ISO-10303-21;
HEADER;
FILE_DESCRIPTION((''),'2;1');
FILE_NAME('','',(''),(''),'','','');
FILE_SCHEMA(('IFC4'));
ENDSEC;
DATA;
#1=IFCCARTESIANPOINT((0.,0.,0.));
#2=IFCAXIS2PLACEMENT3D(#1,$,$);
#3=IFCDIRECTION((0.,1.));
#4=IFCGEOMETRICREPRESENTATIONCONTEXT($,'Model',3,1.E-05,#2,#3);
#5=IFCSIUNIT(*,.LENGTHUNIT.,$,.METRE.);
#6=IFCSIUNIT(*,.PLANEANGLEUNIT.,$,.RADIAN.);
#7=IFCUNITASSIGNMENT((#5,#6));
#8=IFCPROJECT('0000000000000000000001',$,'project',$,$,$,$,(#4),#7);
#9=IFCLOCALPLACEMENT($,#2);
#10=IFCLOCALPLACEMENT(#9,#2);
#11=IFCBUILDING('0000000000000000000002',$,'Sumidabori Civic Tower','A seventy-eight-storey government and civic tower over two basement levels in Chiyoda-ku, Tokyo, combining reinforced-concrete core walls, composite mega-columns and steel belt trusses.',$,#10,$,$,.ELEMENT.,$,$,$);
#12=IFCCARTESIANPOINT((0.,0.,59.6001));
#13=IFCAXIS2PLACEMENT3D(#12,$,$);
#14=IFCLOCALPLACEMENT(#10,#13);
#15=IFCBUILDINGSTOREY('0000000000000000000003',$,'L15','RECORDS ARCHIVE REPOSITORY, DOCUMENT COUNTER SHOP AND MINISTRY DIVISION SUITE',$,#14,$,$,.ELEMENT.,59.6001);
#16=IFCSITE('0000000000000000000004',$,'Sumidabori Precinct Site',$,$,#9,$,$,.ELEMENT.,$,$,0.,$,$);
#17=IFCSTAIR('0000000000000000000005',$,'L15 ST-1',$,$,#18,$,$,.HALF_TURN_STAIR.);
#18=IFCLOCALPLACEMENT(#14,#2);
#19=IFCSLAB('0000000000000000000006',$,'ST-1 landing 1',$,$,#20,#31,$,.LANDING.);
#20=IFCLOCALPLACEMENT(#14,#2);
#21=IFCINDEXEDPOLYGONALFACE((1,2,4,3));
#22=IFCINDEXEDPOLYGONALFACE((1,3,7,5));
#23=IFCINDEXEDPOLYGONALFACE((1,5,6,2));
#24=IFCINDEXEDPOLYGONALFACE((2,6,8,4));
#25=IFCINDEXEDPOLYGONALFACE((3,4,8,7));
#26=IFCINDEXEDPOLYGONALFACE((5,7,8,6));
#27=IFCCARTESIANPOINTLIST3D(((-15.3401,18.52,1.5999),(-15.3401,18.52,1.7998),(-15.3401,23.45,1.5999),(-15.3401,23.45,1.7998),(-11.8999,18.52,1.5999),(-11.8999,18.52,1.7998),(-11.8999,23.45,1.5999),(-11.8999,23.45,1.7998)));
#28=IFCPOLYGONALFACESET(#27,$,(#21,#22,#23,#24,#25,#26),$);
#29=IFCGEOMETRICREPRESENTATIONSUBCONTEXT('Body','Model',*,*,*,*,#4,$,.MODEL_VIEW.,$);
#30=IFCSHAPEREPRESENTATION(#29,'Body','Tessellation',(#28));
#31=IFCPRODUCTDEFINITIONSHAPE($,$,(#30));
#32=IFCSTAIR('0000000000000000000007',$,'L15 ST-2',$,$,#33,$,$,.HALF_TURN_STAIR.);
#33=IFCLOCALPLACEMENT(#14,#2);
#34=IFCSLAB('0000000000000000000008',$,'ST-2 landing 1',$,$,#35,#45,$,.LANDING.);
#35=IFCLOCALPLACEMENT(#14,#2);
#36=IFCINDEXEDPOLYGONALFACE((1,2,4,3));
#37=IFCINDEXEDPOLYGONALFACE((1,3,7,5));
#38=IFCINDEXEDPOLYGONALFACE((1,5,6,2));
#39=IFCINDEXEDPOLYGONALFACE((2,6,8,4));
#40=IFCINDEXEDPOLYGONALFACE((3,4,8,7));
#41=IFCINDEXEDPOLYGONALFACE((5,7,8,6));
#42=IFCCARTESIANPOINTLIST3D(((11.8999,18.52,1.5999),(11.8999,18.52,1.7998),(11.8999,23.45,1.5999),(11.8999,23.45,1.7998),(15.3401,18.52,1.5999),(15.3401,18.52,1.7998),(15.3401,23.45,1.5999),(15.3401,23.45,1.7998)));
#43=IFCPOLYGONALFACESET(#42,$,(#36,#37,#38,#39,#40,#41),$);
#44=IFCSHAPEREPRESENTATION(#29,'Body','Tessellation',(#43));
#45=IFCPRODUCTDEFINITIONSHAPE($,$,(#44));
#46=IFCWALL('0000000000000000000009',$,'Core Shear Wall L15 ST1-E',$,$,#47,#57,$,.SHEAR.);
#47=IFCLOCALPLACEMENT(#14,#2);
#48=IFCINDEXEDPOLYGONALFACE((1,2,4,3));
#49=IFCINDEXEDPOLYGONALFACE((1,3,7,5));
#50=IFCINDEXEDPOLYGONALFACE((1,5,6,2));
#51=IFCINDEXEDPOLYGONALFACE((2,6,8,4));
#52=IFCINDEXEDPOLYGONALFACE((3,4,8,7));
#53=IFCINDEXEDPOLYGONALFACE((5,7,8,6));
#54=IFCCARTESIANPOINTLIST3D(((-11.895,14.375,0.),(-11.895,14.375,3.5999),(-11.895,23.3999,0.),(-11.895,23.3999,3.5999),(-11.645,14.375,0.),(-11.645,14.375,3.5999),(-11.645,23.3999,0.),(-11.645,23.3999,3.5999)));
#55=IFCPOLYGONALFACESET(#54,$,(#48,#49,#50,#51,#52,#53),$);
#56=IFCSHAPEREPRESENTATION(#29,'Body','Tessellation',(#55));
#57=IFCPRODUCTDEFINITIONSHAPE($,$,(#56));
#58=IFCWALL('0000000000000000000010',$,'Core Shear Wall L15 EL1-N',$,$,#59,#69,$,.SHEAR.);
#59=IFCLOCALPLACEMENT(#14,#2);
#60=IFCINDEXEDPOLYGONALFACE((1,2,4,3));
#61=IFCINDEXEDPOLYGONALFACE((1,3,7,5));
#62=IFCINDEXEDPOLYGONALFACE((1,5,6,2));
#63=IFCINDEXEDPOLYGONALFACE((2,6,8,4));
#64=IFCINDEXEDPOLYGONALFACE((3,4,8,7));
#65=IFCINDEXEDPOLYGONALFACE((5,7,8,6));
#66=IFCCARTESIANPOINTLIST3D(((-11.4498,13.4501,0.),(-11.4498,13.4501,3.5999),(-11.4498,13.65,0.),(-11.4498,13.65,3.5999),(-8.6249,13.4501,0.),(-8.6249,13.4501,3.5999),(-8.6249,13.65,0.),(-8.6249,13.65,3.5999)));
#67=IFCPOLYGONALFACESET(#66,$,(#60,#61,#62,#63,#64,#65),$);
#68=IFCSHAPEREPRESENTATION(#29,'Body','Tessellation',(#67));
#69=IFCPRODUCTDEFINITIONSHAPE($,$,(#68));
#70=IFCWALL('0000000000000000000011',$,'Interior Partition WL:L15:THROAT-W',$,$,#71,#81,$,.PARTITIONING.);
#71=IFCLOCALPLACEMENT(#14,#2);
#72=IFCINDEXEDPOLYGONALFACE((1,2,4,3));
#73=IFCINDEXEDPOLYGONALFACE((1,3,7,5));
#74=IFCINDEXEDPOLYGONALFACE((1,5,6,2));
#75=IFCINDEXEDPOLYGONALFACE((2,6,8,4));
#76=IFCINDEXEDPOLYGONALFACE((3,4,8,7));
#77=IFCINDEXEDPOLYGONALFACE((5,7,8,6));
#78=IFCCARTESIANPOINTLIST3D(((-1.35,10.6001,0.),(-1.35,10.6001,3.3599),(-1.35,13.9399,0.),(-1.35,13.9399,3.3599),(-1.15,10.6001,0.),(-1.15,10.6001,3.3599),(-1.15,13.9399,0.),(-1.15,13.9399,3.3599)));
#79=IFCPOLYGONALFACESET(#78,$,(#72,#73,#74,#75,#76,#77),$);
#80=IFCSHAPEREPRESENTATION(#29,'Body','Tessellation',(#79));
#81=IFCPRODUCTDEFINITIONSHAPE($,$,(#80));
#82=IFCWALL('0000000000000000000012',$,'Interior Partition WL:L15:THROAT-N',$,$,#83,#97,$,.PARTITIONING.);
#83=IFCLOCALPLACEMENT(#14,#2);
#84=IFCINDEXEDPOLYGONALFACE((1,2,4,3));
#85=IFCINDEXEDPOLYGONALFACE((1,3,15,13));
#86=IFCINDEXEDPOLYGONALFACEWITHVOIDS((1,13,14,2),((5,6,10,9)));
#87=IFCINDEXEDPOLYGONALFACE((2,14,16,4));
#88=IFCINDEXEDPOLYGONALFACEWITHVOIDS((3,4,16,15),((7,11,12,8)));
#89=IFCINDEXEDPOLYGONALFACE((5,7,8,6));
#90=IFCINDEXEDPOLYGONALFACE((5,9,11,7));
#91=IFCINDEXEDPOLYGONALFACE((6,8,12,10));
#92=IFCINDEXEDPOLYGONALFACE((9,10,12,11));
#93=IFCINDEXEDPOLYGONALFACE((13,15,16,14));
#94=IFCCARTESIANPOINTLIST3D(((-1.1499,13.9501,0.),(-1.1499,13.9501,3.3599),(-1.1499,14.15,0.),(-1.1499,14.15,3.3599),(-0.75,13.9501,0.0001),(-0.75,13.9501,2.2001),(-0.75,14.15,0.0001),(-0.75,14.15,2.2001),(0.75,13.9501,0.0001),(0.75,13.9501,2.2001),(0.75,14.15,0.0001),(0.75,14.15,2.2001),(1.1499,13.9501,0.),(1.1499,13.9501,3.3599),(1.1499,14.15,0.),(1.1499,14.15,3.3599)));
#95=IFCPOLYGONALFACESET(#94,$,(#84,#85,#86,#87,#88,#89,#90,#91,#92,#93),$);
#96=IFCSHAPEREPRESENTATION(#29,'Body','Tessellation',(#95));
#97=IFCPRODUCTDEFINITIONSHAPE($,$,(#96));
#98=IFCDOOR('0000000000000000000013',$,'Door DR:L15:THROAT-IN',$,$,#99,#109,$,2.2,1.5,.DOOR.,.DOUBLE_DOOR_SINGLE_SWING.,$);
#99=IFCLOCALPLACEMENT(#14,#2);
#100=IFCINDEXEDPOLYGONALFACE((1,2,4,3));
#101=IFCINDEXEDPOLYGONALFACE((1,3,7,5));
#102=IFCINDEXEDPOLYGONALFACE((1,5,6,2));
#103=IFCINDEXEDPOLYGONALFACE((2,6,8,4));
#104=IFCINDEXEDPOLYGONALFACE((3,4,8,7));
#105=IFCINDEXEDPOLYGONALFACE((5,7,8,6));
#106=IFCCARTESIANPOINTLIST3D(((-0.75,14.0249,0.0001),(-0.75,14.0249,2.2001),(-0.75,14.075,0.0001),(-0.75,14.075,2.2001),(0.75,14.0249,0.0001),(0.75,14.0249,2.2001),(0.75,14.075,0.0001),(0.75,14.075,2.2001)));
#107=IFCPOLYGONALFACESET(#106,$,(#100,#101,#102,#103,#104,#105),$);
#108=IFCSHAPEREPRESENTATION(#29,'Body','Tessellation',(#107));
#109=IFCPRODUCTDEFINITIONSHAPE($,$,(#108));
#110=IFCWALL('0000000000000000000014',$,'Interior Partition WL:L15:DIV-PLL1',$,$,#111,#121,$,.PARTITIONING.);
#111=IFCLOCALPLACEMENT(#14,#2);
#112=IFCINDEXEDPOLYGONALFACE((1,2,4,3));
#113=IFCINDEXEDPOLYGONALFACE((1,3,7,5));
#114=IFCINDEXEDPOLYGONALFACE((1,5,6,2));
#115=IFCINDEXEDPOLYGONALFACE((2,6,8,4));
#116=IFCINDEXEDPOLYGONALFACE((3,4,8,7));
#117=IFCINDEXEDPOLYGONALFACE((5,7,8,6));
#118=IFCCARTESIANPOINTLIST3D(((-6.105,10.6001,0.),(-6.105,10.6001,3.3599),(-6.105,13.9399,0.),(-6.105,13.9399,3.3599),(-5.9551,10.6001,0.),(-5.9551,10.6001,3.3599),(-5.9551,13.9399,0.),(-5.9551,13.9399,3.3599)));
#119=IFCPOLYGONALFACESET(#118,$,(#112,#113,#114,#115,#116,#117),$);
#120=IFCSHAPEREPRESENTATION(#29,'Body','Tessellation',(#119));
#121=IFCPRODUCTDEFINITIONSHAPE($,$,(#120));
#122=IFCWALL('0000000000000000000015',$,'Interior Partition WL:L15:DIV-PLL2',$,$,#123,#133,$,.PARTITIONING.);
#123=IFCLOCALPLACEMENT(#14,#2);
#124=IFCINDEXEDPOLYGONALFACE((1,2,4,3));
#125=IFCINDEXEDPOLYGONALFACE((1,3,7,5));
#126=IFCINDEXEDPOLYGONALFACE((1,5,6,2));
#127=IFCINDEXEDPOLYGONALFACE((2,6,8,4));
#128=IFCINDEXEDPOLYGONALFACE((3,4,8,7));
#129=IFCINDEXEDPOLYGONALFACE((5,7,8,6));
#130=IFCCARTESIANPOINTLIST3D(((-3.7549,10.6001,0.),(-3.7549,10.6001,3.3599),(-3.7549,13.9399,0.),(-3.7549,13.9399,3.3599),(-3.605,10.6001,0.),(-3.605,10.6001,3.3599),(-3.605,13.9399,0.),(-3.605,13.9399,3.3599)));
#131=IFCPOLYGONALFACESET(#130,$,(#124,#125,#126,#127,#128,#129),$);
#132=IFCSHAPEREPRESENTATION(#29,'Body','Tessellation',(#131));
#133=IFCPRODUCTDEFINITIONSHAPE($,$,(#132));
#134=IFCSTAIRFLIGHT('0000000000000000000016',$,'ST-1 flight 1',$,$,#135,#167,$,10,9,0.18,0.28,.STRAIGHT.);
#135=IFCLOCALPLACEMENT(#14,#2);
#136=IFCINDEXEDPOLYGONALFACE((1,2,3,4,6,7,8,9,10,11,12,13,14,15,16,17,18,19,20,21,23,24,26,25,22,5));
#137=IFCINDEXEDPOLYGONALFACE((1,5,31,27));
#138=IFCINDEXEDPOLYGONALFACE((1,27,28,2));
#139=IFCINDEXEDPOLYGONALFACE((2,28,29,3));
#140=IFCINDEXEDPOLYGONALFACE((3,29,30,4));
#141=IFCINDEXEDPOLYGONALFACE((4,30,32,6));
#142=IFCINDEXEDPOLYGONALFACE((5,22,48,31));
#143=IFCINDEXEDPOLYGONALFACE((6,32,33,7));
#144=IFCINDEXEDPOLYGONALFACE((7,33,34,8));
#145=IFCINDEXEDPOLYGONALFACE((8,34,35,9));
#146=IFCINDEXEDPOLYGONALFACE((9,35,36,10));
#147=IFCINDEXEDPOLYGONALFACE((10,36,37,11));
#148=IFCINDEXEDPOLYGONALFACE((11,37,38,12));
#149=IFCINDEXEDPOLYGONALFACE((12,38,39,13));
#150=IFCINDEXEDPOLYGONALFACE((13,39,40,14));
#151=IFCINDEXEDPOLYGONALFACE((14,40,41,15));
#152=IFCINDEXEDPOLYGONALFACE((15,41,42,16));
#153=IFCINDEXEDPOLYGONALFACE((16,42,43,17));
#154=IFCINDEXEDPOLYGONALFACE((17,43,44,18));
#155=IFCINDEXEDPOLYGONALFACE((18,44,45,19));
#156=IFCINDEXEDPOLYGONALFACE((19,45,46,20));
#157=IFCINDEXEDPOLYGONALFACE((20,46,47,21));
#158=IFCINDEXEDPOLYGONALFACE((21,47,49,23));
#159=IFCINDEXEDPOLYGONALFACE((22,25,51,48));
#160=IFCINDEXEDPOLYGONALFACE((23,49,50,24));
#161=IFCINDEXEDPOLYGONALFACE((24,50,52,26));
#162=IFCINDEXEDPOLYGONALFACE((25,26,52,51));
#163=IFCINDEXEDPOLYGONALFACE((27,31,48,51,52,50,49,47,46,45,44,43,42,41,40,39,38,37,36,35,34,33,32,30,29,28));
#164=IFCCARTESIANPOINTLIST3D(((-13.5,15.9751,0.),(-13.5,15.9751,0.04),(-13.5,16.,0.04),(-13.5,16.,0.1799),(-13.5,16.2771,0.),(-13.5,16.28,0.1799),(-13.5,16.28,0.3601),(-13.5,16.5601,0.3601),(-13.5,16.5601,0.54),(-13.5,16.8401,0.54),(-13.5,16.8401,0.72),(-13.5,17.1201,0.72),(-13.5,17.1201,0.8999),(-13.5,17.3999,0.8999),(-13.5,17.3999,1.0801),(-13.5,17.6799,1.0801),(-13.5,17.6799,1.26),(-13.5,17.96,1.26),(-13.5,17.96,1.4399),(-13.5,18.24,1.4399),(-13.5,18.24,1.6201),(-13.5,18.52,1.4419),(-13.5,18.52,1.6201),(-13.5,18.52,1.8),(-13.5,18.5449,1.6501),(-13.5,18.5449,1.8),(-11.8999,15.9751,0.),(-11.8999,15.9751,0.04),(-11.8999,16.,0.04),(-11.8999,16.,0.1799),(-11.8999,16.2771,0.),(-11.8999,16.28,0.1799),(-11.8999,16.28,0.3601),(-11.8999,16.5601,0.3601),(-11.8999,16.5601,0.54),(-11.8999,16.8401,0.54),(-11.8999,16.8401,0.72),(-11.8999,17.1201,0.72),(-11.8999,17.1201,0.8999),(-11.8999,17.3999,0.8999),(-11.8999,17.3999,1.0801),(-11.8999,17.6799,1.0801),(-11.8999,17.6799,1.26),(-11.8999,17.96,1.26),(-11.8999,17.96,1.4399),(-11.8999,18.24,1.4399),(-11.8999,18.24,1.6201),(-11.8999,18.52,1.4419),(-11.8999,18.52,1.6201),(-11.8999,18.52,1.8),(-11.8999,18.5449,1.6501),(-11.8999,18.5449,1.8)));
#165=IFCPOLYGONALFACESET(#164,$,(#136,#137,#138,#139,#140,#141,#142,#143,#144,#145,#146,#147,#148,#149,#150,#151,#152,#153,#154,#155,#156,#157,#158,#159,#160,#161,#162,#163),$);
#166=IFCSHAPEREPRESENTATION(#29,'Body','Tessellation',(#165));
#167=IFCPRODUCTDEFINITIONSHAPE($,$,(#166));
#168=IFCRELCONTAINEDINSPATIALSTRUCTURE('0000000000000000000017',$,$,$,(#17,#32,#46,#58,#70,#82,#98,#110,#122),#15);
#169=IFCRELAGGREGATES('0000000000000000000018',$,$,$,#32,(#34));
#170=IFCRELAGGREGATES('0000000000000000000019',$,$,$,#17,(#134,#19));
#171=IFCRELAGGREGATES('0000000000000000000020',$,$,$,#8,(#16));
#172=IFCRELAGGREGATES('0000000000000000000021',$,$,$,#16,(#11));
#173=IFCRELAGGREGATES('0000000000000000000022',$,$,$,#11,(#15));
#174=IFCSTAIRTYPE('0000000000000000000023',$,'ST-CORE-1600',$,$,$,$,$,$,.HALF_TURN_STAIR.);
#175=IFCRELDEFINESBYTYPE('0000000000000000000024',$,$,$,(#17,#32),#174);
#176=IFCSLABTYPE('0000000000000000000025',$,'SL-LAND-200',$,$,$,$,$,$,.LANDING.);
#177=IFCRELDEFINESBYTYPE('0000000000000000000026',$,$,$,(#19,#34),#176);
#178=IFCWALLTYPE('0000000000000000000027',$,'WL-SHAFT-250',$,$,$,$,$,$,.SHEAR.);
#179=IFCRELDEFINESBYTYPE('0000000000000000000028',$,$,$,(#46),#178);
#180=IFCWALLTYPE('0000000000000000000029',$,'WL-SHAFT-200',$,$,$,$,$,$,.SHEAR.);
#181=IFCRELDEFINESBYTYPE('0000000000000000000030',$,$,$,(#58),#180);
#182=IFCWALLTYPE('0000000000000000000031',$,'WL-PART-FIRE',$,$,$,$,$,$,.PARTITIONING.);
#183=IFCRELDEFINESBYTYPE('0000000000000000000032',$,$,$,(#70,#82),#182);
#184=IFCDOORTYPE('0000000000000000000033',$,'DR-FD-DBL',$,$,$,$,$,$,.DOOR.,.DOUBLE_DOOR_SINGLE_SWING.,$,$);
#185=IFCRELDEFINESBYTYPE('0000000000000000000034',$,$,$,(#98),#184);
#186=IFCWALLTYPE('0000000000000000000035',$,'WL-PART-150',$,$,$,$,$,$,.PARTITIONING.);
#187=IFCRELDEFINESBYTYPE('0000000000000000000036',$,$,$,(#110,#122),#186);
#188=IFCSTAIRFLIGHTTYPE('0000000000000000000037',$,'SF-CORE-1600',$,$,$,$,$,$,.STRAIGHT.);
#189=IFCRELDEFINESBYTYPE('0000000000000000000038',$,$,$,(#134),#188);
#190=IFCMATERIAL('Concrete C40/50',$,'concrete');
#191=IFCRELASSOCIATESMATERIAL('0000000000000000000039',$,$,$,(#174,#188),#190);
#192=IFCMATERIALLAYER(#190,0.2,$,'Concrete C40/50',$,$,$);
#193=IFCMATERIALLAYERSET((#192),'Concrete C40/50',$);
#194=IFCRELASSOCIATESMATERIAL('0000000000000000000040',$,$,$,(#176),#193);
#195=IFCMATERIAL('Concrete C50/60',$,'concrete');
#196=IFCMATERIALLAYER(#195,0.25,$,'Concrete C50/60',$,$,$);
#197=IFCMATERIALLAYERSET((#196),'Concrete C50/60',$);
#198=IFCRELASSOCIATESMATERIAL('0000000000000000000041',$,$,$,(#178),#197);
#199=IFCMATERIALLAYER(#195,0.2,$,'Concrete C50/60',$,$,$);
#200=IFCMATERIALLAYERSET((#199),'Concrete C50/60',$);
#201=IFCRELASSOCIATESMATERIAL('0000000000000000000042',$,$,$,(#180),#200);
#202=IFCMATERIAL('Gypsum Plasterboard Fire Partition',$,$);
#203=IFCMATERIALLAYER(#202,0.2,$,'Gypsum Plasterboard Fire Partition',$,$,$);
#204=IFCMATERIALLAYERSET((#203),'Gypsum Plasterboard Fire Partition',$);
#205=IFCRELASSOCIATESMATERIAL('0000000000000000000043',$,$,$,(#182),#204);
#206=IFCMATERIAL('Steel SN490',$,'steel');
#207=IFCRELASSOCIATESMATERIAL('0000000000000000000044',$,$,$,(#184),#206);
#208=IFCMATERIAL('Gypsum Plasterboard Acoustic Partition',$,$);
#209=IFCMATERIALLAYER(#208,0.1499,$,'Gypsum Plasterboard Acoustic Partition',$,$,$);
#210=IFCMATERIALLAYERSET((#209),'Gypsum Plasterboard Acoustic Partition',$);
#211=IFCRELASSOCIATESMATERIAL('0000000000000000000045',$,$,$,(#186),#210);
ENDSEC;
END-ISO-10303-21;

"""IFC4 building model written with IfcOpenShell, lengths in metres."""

from ifc_helpers import new_model, si_unit, direction, frame, frame_2d, origin, place, context, subcontext, project, spatial, polyline, rectangle, outline, extrude, source, transform, mapped, material, layer, layer_set, type_object, element, fill, aggregate, save


model = new_model("IFC4")

# Units and contexts
model_context = context("Model", 3, precision=1e-05, world=origin(), true_north=direction((0.0, 1.0)))
body_context = subcontext(model_context, "Body", "Model", "MODEL_VIEW")
ifc_project = project(units=[si_unit("LENGTHUNIT", "METRE"), si_unit("PLANEANGLEUNIT", "RADIAN")], contexts=[model_context])

# Site, building, storey
site_placement = place(None, origin())
site = spatial("IfcSite", under=ifc_project, at=site_placement, Name="Sumidabori Precinct Site", CompositionType="ELEMENT", RefElevation=0.0)
building_placement = place(site_placement, origin())
building = spatial("IfcBuilding", under=site, at=building_placement, Name="Sumidabori Civic Tower", Description="A seventy-eight-storey government and civic tower over two basement levels in Chiyoda-ku, Tokyo, combining reinforced-concrete core walls, composite mega-columns and steel belt trusses.", CompositionType="ELEMENT")
storey_placement = place(building_placement, frame((0.0, 0.0, 59.6001)))
storey = spatial("IfcBuildingStorey", under=building, at=storey_placement, Name="L15", Description="RECORDS ARCHIVE REPOSITORY, DOCUMENT COUNTER SHOP AND MINISTRY DIVISION SUITE", CompositionType="ELEMENT", Elevation=59.6001)

# Stairs, slabs
ifc_material_1 = material(Name="Concrete C40/50", Category="concrete")
stair_type = type_object("IfcStairType", Name="ST-CORE-1600", PredefinedType="HALF_TURN_STAIR", material=ifc_material_1)
stair_1_placement = place(storey_placement, origin())
stair_1 = element("IfcStair", 1, at=stair_1_placement, inside=storey, type_object=stair_type, Name="L15 ST-1", PredefinedType="HALF_TURN_STAIR")
ifc_layer_1 = layer(ifc_material_1, 0.2, Name="Concrete C40/50")
ifc_layer_set_1 = layer_set([ifc_layer_1], Name="Concrete C40/50")
slab_type = type_object("IfcSlabType", Name="SL-LAND-200", PredefinedType="LANDING", material=ifc_layer_set_1)
slab_1_placement = place(storey_placement, frame((0.0, 0.0, 1.5999)))
slab_1 = element("IfcSlab", 2, at=slab_1_placement, type_object=slab_type, Name="ST-1 landing 1", PredefinedType="LANDING", context=body_context, shape_type="SweptSolid", body=[
    extrude(outline(polyline([(-11.8999, 18.52), (-11.8999, 23.45), (-15.3401, 23.45), (-15.3401, 18.52), (-11.8999, 18.52)])), origin(), (0.0, 0.0, 1.0), 0.2),
])
stair_2_placement = place(storey_placement, origin())
stair_2 = element("IfcStair", 3, at=stair_2_placement, inside=storey, type_object=stair_type, Name="L15 ST-2", PredefinedType="HALF_TURN_STAIR")
slab_2_placement = place(storey_placement, frame((0.0, 0.0, 1.5999)))
slab_2 = element("IfcSlab", 4, at=slab_2_placement, type_object=slab_type, Name="ST-2 landing 1", PredefinedType="LANDING", context=body_context, shape_type="SweptSolid", body=[
    extrude(outline(polyline([(15.3401, 18.52), (15.3401, 23.45), (11.8999, 23.45), (11.8999, 18.52), (15.3401, 18.52)])), origin(), (0.0, 0.0, 1.0), 0.2),
])
aggregate(stair_2, [slab_2])

# Shared definitions
ifc_material_2 = material(Name="Concrete C50/60", Category="concrete")
ifc_layer_2 = layer(ifc_material_2, 0.25, Name="Concrete C50/60")
ifc_layer_set_2 = layer_set([ifc_layer_2], Name="Concrete C50/60")
wall_type_1 = type_object("IfcWallType", Name="WL-SHAFT-250", PredefinedType="SHEAR", material=ifc_layer_set_2)
ifc_material_3 = material(Name="Steel SN490", Category="steel")

# Wall
shared_shape_1 = source(origin(), body_context, "Body", "SweptSolid", [
    extrude(rectangle(XDim=9.0249, YDim=0.25, at=frame_2d((4.5125, 0.0))), origin(), (0.0, 0.0, 1.0), 3.5999),
])
wall_1_placement = place(storey_placement, frame((-11.77, 14.375, 0.0), z_axis=(0.0, 0.0, 1.0), x_axis=(0.0, 1.0, 0.0)))
element("IfcWall", 5, at=wall_1_placement, inside=storey, type_object=wall_type_1, Name="Core Shear Wall L15 ST1-E", PredefinedType="SHEAR", context=body_context, shape_type="MappedRepresentation", body=[
    mapped(shared_shape_1, transform((0.0, 0.0, 0.0), x_axis=(1.0, 0.0, 0.0), y_axis=(0.0, 1.0, 0.0), z_axis=(0.0, 0.0, 1.0), scale=1.0)),
])

# Shared definitions
ifc_layer_3 = layer(ifc_material_2, 0.2, Name="Concrete C50/60")
ifc_layer_set_3 = layer_set([ifc_layer_3], Name="Concrete C50/60")
wall_type_2 = type_object("IfcWallType", Name="WL-SHAFT-200", PredefinedType="SHEAR", material=ifc_layer_set_3)

# Wall
shared_shape_2 = source(origin(), body_context, "Body", "SweptSolid", [
    extrude(rectangle(XDim=2.825, YDim=0.2, at=frame_2d((1.4126, 0.0))), origin(), (0.0, 0.0, 1.0), 3.5999),
])
wall_2_placement = place(storey_placement, frame((-11.45, 13.55, 0.0), z_axis=(0.0, 0.0, 1.0), x_axis=(1.0, 0.0, 0.0)))
element("IfcWall", 6, at=wall_2_placement, inside=storey, type_object=wall_type_2, Name="Core Shear Wall L15 EL1-N", PredefinedType="SHEAR", context=body_context, shape_type="MappedRepresentation", body=[
    mapped(shared_shape_2, transform((0.0, 0.0, 0.0), x_axis=(1.0, 0.0, 0.0), y_axis=(0.0, 1.0, 0.0), z_axis=(0.0, 0.0, 1.0), scale=1.0)),
])

# Shared definitions
ifc_material_4 = material(Name="Gypsum Plasterboard Fire Partition")
ifc_layer_4 = layer(ifc_material_4, 0.2, Name="Gypsum Plasterboard Fire Partition")
ifc_layer_set_4 = layer_set([ifc_layer_4], Name="Gypsum Plasterboard Fire Partition")
wall_type_3 = type_object("IfcWallType", Name="WL-PART-FIRE", PredefinedType="PARTITIONING", material=ifc_layer_set_4)

# Wall
shared_shape_3 = source(origin(), body_context, "Body", "SweptSolid", [
    extrude(rectangle(XDim=3.3398, YDim=0.2, at=frame_2d((1.6699, 0.0))), origin(), (0.0, 0.0, 1.0), 3.3599),
])
wall_3_placement = place(storey_placement, frame((-1.25, 10.6001, 0.0), z_axis=(0.0, 0.0, 1.0), x_axis=(0.0, 1.0, 0.0)))
element("IfcWall", 7, at=wall_3_placement, inside=storey, type_object=wall_type_3, Name="Interior Partition WL:L15:THROAT-W", PredefinedType="PARTITIONING", context=body_context, shape_type="MappedRepresentation", body=[
    mapped(shared_shape_3, transform((0.0, 0.0, 0.0), x_axis=(1.0, 0.0, 0.0), y_axis=(0.0, 1.0, 0.0), z_axis=(0.0, 0.0, 1.0), scale=1.0)),
])

# Wall, opening, door
shared_shape_4 = source(origin(), body_context, "Body", "SweptSolid", [
    extrude(rectangle(XDim=2.2998, YDim=0.2, at=frame_2d((1.1499, 0.0))), origin(), (0.0, 0.0, 1.0), 3.3599),
])
wall_4_placement = place(storey_placement, frame((-1.1499, 14.05, 0.0), z_axis=(0.0, 0.0, 1.0), x_axis=(1.0, 0.0, 0.0)))
wall_4 = element("IfcWall", 8, at=wall_4_placement, inside=storey, type_object=wall_type_3, Name="Interior Partition WL:L15:THROAT-N", PredefinedType="PARTITIONING", context=body_context, shape_type="MappedRepresentation", body=[
    mapped(shared_shape_4, transform((0.0, 0.0, 0.0), x_axis=(1.0, 0.0, 0.0), y_axis=(0.0, 1.0, 0.0), z_axis=(0.0, 0.0, 1.0), scale=1.0)),
])
opening_1_placement = place(wall_4_placement, frame((0.3999, 0.0, 0.0)))
opening_1 = element("IfcOpeningElement", 9, at=opening_1_placement, cuts=wall_4, PredefinedType="OPENING", context=body_context, shape_type="SweptSolid", body=[
    extrude(rectangle(XDim=1.5, YDim=2.2, at=frame_2d((0.75, 1.1001))), frame((0.0, 0.1118, 0.0), z_axis=(0.0, -1.0, 0.0), x_axis=(1.0, 0.0, 0.0)), (0.0, 0.0, 1.0), 0.2239),
])
door_type_1 = type_object("IfcDoorType", Name="DR-FD-DBL", OperationType="DOUBLE_DOOR_SINGLE_SWING", PredefinedType="DOOR", material=ifc_material_3)
shared_shape_5 = source(origin(), body_context, "Body", "SweptSolid", [
    extrude(rectangle(XDim=1.5, YDim=2.2, at=frame_2d((0.75, 1.1001))), frame((0.0, 0.0249, 0.0), z_axis=(0.0, -1.0, 0.0), x_axis=(1.0, 0.0, 0.0)), (0.0, 0.0, 1.0), 0.05),
])
door_1_placement = place(opening_1_placement, origin())
door_1 = element("IfcDoor", 10, at=door_1_placement, inside=storey, type_object=door_type_1, Name="Door DR:L15:THROAT-IN", OperationType="DOUBLE_DOOR_SINGLE_SWING", OverallHeight=2.2, OverallWidth=1.5, PredefinedType="DOOR", context=body_context, shape_type="MappedRepresentation", body=[
    mapped(shared_shape_5, transform((0.0, 0.0, 0.0), x_axis=(1.0, 0.0, 0.0), y_axis=(0.0, 1.0, 0.0), z_axis=(0.0, 0.0, 1.0), scale=1.0)),
])
fill(opening_1, door_1)

# Walls
ifc_material_5 = material(Name="Gypsum Plasterboard Acoustic Partition")
ifc_layer_5 = layer(ifc_material_5, 0.1499, Name="Gypsum Plasterboard Acoustic Partition")
ifc_layer_set_5 = layer_set([ifc_layer_5], Name="Gypsum Plasterboard Acoustic Partition")
wall_type_4 = type_object("IfcWallType", Name="WL-PART-150", PredefinedType="PARTITIONING", material=ifc_layer_set_5)
shared_shape_6 = source(origin(), body_context, "Body", "SweptSolid", [
    extrude(rectangle(XDim=3.3398, YDim=0.1499, at=frame_2d((1.6699, 0.0))), origin(), (0.0, 0.0, 1.0), 3.3599),
])
for number, where, z_axis, x_axis, name in (
    (11, (-6.03, 10.6001, 0.0), (0.0, 0.0, 1.0), (0.0, 1.0, 0.0), "Interior Partition WL:L15:DIV-PLL1"),
    (12, (-3.6799, 10.6001, 0.0), (0.0, 0.0, 1.0), (0.0, 1.0, 0.0), "Interior Partition WL:L15:DIV-PLL2"),
):
    element("IfcWall", number, at=place(storey_placement, frame(where, z_axis=z_axis, x_axis=x_axis)), inside=storey, type_object=wall_type_4, Name=name, PredefinedType="PARTITIONING", context=body_context, shape_type="MappedRepresentation", body=[
        mapped(shared_shape_6, transform((0.0, 0.0, 0.0), x_axis=(1.0, 0.0, 0.0), y_axis=(0.0, 1.0, 0.0), z_axis=(0.0, 0.0, 1.0), scale=1.0)),
    ])

# Stair flight
stair_flight_type = type_object("IfcStairFlightType", Name="SF-CORE-1600", PredefinedType="STRAIGHT", material=ifc_material_1)
shared_shape_7 = source(origin(), body_context, "Body", "SweptSolid", [
    extrude(outline(polyline([(-0.0249, 0.0), (-0.0249, 0.04), (0.0, 0.04), (0.0, 0.1799), (0.28, 0.1799), (0.28, 0.3601), (0.5601, 0.3601), (0.5601, 0.54), (0.8401, 0.54), (0.8401, 0.72), (1.1201, 0.72), (1.1201, 0.8999), (1.3999, 0.8999), (1.3999, 1.0801), (1.6799, 1.0801), (1.6799, 1.26), (1.96, 1.26), (1.96, 1.4399), (2.24, 1.4399), (2.24, 1.6201), (2.52, 1.6201), (2.52, 1.8), (2.5449, 1.8), (2.5449, 1.6501), (2.52, 1.4419), (0.2771, 0.0), (-0.0249, 0.0)])), frame((0.0, 0.8, 0.0), z_axis=(0.0, -1.0, 0.0), x_axis=(1.0, 0.0, 0.0)), (0.0, 0.0, 1.0), 1.6001),
])
stair_flight_placement = place(storey_placement, frame((-12.7, 16.0, 0.0), z_axis=(0.0, 0.0, 1.0), x_axis=(0.0, 1.0, 0.0)))
stair_flight = element("IfcStairFlight", 13, at=stair_flight_placement, type_object=stair_flight_type, Name="ST-1 flight 1", NumberOfRisers=10, NumberOfTreads=9, PredefinedType="STRAIGHT", RiserHeight=0.18, TreadLength=0.28, context=body_context, shape_type="MappedRepresentation", body=[
    mapped(shared_shape_7, transform((0.0, 0.0, 0.0), x_axis=(1.0, 0.0, 0.0), y_axis=(0.0, 1.0, 0.0), z_axis=(0.0, 0.0, 1.0), scale=1.0)),
])
aggregate(stair_1, [stair_flight, slab_1])

save(model, "model.ifc")
